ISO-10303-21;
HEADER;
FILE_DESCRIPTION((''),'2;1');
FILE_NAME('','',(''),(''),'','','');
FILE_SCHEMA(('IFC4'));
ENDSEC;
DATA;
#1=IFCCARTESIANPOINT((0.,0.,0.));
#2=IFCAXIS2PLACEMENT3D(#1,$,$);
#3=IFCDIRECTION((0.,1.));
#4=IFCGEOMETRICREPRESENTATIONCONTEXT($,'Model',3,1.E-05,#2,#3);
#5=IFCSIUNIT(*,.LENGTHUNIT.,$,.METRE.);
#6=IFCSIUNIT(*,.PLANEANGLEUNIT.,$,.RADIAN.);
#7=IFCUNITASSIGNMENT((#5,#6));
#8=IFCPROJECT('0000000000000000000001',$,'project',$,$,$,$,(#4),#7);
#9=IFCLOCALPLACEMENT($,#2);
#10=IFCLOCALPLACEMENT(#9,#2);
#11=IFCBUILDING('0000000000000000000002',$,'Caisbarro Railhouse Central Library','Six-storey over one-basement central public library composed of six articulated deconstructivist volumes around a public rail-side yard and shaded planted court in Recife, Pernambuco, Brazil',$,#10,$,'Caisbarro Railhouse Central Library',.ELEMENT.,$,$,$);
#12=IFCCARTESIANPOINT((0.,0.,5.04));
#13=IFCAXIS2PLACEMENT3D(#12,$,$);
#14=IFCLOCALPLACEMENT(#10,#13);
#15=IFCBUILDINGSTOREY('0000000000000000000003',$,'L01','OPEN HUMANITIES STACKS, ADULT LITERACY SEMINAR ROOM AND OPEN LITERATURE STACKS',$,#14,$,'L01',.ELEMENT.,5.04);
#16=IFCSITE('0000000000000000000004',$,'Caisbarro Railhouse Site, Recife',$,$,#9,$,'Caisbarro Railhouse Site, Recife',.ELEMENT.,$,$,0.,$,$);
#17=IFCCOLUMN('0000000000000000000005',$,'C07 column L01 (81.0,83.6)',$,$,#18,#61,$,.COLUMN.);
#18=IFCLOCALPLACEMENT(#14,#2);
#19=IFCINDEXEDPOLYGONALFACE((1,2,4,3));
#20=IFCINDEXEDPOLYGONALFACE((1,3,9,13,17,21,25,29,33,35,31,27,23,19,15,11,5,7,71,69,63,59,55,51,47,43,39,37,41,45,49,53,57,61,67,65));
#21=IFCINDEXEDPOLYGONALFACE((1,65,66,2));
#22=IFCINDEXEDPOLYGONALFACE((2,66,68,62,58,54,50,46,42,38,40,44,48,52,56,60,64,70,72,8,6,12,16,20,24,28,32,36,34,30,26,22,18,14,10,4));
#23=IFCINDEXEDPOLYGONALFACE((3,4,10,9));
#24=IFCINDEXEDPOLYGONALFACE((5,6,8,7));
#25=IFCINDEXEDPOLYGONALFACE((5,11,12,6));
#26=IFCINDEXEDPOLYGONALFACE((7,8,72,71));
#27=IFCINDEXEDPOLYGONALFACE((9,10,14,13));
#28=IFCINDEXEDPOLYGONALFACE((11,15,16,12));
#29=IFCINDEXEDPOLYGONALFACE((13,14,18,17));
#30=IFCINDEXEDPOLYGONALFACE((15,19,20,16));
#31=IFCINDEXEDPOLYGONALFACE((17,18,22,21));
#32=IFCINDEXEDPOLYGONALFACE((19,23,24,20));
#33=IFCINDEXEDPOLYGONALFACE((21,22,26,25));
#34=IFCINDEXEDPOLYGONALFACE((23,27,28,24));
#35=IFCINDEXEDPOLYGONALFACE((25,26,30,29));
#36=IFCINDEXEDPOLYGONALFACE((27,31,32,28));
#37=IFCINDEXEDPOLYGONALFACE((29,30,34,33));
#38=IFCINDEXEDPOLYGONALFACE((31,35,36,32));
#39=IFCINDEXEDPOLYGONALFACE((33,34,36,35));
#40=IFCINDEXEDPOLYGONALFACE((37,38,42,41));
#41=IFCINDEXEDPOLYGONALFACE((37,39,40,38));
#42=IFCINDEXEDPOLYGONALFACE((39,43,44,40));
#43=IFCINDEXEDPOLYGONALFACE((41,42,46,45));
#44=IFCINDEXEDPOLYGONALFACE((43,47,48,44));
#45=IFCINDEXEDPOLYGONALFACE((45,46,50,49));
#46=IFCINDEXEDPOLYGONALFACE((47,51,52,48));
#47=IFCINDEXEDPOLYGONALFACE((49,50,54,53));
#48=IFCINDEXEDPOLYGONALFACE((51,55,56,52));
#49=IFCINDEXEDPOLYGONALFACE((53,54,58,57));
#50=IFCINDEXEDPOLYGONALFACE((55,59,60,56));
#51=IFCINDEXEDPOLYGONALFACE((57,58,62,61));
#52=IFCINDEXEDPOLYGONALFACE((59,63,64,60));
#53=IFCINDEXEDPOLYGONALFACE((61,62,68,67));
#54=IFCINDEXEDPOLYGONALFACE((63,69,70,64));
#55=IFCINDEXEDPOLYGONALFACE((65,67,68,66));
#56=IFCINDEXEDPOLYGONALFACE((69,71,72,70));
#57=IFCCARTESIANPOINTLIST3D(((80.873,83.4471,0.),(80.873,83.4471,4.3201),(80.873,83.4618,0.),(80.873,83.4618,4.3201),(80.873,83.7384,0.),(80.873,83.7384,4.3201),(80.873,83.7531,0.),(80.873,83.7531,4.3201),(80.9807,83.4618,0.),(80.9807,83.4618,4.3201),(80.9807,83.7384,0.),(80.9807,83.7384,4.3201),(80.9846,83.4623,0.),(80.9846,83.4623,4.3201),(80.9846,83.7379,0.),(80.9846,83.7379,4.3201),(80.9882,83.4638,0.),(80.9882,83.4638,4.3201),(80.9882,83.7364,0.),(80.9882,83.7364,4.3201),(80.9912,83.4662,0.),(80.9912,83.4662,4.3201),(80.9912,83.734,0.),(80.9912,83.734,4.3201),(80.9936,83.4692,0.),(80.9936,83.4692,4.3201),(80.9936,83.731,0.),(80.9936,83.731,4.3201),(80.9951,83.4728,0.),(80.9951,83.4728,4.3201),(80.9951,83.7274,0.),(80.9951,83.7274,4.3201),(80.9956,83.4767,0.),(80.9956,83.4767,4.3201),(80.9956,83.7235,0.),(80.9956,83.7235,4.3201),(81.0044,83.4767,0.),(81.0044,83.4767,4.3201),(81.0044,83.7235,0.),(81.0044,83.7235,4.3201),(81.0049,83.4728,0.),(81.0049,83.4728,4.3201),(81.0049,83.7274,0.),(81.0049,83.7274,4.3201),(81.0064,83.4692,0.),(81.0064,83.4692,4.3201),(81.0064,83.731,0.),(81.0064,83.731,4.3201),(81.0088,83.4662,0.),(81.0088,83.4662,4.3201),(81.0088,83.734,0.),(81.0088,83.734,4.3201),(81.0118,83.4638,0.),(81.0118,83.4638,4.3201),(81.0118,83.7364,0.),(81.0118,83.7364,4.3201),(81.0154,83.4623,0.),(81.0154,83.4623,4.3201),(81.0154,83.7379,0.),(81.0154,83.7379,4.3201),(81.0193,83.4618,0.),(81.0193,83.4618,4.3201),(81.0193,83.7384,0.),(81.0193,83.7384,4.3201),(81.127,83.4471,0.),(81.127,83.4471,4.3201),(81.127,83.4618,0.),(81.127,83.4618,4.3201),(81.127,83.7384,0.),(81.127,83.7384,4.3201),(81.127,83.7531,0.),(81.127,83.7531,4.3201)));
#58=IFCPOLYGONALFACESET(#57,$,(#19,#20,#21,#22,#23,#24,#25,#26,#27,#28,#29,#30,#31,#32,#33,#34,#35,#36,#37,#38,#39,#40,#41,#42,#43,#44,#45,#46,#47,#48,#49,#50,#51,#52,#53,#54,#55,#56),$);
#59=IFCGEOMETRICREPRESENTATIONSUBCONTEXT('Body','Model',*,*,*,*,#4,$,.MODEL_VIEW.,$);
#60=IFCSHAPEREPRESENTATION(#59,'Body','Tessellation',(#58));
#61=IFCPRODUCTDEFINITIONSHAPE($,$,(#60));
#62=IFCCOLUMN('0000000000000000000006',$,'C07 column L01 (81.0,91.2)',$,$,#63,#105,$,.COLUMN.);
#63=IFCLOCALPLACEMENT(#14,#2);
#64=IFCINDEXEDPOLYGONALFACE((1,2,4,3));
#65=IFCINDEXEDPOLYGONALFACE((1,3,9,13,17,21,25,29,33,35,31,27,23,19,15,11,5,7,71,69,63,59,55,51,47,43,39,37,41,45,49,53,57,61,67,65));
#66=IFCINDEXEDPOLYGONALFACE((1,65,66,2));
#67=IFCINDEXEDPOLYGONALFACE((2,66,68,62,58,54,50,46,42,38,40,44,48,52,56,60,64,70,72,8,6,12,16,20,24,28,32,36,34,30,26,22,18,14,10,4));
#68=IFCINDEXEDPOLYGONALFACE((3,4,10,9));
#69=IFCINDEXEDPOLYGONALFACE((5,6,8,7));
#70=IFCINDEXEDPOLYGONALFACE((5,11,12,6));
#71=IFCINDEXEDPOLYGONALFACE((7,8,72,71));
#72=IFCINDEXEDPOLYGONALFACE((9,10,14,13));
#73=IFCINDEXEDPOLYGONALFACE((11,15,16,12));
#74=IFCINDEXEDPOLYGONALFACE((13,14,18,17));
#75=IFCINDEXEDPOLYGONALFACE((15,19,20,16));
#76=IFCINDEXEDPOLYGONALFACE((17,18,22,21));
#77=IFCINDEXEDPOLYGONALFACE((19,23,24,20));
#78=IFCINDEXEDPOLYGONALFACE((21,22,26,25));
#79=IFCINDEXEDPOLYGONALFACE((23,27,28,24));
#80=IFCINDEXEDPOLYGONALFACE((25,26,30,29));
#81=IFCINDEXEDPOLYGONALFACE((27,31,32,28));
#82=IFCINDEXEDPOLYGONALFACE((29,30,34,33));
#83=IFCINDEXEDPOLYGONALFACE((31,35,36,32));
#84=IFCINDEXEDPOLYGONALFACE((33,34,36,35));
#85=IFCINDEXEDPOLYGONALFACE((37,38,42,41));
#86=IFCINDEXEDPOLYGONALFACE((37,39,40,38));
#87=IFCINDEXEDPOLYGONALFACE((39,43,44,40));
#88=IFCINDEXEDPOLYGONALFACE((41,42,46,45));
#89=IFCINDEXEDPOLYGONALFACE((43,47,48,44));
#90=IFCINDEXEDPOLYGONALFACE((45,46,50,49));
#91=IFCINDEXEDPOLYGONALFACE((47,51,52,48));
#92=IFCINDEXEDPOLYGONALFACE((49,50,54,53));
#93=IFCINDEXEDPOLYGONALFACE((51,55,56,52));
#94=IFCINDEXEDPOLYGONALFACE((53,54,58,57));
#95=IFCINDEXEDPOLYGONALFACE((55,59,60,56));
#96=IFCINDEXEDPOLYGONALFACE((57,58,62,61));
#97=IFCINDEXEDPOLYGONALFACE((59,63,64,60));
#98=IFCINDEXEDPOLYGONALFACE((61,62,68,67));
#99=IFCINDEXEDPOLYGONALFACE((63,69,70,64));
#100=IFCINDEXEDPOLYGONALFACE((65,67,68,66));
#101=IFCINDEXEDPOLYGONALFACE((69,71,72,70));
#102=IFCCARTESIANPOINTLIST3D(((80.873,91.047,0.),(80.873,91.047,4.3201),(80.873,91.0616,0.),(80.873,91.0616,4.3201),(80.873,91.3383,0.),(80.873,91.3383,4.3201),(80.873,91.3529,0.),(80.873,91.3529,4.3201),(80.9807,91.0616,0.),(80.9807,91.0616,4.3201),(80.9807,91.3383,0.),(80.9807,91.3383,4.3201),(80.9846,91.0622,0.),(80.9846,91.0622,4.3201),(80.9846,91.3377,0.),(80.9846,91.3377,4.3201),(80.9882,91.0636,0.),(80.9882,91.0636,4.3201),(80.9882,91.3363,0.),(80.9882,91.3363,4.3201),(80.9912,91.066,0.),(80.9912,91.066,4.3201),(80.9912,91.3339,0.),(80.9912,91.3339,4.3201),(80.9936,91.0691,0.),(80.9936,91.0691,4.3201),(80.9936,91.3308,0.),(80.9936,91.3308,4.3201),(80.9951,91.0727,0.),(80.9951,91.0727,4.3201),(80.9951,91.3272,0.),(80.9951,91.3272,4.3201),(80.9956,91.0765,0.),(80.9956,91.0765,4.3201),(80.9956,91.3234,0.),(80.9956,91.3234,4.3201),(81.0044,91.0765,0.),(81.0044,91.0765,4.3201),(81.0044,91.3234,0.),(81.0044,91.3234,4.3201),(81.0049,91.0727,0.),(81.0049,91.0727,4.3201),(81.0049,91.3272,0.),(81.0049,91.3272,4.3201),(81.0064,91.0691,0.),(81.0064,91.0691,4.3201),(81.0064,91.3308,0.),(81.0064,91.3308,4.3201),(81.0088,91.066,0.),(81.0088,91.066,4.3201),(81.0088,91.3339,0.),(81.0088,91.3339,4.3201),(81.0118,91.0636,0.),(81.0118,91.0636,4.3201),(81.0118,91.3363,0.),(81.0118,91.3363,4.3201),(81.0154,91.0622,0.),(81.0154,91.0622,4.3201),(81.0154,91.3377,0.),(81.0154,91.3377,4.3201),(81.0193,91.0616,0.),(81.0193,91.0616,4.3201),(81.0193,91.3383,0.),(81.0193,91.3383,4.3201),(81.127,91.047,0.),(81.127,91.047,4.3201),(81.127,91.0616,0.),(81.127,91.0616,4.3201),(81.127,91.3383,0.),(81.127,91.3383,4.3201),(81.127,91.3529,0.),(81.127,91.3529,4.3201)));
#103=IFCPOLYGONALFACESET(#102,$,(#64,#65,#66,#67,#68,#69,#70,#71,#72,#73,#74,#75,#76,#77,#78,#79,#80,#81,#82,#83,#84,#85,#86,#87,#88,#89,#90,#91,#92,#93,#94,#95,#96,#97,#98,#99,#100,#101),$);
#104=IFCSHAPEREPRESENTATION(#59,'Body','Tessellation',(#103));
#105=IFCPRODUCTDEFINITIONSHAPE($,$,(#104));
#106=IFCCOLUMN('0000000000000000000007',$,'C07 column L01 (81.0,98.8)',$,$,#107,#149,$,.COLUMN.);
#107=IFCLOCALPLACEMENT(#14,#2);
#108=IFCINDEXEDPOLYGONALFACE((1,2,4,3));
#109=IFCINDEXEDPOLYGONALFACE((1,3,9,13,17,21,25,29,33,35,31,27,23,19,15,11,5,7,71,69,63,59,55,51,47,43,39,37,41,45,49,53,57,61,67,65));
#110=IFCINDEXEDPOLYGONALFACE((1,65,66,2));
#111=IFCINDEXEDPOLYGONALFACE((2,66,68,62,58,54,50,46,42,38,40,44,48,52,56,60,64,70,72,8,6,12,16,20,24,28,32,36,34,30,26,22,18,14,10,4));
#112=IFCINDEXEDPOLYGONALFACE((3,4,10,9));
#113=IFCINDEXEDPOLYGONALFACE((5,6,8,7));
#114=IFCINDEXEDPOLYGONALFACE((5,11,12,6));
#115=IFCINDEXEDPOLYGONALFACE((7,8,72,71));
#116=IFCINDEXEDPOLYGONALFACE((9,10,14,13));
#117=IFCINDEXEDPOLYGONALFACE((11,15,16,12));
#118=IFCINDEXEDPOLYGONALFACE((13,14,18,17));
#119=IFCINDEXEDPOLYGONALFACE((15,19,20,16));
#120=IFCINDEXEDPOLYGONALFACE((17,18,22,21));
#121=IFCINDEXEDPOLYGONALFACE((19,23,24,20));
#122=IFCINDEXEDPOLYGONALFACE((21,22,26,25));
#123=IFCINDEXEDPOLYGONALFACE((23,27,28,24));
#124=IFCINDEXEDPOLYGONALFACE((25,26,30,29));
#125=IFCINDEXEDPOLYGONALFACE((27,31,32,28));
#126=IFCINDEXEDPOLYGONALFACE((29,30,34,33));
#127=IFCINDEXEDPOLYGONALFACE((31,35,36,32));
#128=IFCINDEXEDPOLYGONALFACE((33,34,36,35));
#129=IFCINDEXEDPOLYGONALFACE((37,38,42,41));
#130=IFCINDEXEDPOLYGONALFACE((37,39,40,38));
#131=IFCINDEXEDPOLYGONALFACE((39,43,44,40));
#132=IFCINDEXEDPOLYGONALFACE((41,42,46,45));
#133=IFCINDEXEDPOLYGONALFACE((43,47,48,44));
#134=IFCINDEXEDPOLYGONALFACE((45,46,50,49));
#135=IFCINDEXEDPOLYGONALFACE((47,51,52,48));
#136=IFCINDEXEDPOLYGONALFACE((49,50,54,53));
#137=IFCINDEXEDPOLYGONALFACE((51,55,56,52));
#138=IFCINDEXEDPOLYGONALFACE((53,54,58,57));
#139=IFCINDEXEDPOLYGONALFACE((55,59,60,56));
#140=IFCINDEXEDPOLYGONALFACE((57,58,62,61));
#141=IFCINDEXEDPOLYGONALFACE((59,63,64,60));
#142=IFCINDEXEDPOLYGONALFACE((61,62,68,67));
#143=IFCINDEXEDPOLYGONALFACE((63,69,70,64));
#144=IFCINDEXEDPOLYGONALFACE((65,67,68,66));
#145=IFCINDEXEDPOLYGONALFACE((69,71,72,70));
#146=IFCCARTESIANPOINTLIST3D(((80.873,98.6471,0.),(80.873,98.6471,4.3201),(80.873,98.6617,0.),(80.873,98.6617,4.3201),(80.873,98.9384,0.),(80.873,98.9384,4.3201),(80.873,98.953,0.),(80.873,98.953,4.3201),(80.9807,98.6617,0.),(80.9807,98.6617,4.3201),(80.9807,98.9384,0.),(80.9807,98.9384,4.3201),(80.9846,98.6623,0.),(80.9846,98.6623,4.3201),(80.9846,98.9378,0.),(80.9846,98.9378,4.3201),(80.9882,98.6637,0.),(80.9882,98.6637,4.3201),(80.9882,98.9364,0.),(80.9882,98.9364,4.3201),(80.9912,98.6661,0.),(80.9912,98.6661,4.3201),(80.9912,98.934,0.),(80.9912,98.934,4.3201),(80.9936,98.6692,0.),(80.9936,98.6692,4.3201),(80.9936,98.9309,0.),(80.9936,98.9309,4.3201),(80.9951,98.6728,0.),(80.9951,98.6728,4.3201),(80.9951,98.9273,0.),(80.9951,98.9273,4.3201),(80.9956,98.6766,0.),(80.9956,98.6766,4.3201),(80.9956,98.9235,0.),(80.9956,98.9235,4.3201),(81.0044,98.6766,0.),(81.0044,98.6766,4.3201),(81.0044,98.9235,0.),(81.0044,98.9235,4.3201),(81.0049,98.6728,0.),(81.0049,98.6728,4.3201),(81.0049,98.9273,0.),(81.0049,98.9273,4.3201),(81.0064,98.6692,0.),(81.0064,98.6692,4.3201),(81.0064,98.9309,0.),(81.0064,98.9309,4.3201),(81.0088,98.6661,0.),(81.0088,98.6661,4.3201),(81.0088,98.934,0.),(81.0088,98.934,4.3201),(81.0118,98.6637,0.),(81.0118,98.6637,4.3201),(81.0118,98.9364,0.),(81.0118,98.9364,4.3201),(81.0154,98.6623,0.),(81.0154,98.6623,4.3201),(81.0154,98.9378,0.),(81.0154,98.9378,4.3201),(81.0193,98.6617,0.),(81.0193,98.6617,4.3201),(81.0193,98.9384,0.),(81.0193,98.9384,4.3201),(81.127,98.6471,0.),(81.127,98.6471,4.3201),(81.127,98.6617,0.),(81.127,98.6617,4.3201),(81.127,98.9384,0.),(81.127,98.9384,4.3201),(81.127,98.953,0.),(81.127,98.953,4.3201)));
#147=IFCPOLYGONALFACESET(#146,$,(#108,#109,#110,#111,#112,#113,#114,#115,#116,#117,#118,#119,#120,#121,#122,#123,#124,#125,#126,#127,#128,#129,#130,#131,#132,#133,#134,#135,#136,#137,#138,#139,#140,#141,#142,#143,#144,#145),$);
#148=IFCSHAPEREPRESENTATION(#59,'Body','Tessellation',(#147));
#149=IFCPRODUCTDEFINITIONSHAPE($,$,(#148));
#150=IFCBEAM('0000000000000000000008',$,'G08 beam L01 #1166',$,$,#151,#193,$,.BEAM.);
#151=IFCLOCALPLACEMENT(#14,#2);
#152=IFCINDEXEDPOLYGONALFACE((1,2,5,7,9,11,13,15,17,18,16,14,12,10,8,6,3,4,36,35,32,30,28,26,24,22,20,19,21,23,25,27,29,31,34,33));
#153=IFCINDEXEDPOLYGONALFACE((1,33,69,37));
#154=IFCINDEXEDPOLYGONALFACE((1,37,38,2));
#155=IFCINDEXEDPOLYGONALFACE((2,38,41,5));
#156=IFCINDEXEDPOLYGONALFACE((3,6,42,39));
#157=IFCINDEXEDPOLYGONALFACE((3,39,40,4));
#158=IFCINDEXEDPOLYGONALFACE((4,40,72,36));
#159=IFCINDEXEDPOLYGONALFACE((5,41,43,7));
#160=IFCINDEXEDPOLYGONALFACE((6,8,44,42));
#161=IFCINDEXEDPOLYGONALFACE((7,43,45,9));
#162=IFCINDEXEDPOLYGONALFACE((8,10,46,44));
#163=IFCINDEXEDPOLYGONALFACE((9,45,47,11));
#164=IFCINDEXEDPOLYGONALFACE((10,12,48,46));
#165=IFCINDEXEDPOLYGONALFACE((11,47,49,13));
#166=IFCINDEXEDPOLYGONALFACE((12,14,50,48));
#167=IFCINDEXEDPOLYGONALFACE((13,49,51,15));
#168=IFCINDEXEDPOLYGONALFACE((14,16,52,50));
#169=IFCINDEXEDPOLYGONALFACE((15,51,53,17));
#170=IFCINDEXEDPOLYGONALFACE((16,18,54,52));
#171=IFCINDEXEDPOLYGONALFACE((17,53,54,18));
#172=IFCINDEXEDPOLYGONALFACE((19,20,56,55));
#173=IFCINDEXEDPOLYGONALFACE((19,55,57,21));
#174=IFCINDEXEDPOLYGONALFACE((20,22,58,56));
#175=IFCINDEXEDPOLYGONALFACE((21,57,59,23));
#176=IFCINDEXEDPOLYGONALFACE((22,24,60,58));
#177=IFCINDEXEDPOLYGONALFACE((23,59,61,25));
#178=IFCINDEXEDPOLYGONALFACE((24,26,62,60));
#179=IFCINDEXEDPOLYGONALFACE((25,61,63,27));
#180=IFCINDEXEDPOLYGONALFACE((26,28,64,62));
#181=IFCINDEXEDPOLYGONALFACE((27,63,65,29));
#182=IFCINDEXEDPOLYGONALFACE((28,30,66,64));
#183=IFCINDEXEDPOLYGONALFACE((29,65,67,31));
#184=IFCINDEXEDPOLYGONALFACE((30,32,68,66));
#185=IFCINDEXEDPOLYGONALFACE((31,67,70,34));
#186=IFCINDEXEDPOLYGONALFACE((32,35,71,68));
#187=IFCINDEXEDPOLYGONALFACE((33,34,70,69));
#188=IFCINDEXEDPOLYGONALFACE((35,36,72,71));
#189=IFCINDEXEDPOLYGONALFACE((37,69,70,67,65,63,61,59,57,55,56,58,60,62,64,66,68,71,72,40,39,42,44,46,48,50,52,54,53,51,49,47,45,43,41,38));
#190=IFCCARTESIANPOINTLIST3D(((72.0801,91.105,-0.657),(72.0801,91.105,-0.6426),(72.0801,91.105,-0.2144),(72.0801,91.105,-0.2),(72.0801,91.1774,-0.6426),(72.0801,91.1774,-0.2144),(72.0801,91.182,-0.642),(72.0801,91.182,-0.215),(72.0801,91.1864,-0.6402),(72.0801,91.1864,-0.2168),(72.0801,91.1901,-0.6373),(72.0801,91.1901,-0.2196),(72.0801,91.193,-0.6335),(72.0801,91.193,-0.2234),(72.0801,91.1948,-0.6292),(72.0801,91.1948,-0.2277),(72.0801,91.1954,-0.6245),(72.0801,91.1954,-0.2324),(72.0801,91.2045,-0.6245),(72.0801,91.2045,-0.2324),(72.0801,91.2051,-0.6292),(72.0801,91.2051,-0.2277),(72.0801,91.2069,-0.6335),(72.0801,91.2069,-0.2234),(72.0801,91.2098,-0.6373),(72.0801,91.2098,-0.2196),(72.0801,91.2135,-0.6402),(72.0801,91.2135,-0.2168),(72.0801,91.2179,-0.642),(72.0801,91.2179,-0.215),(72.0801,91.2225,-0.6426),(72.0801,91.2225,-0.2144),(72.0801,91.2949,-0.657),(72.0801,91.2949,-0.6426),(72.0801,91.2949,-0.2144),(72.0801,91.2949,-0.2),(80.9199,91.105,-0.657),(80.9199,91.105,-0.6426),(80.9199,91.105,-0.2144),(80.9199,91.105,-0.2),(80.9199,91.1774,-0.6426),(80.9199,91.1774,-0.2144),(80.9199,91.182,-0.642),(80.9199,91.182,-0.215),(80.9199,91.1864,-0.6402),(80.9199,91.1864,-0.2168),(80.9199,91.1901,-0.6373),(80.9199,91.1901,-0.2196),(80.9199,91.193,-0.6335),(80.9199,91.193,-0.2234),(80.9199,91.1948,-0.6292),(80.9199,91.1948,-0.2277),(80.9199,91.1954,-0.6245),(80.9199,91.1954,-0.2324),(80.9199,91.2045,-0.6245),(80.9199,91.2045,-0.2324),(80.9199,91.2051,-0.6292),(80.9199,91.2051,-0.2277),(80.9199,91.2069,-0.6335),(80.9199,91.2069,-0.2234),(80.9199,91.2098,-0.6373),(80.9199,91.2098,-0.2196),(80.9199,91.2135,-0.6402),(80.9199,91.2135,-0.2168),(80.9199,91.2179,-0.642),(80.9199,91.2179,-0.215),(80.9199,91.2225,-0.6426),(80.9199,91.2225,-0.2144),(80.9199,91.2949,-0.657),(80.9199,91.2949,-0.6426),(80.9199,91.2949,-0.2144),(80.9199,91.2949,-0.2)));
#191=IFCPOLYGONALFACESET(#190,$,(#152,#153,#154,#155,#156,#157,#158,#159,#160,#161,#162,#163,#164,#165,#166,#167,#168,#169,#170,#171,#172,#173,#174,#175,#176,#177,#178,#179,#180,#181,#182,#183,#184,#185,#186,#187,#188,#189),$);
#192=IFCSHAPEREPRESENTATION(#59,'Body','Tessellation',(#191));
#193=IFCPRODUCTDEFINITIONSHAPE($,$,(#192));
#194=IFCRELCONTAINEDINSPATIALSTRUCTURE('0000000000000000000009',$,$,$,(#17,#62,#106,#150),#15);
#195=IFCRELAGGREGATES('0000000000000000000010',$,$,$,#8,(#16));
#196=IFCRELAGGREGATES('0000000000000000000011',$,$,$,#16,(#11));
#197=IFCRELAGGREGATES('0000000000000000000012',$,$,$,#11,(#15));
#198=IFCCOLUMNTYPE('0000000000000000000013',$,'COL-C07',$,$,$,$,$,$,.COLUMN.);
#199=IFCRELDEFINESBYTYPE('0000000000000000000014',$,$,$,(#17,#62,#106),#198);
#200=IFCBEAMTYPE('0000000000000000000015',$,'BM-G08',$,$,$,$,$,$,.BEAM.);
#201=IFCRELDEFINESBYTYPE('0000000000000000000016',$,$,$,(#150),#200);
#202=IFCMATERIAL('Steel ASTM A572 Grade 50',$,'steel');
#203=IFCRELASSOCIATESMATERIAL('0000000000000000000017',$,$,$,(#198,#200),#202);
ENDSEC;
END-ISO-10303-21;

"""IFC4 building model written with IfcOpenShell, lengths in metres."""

from ifc_helpers import new_model, si_unit, direction, frame, origin, origin_2d, place, context, subcontext, project, spatial, i_section, extrude, material, material_profile, profile_set, type_object, element, save


model = new_model("IFC4")

# Units and contexts
model_context = context("Model", 3, precision=1e-05, world=origin(), true_north=direction((0.0, 1.0)))
body_context = subcontext(model_context, "Body", "Model", "MODEL_VIEW")
ifc_project = project(units=[si_unit("LENGTHUNIT", "METRE"), si_unit("PLANEANGLEUNIT", "RADIAN")], contexts=[model_context])

# Site, building, storey
site_placement = place(None, origin())
site = spatial("IfcSite", under=ifc_project, at=site_placement, Name="Caisbarro Railhouse Site, Recife", LongName="Caisbarro Railhouse Site, Recife", CompositionType="ELEMENT", RefElevation=0.0)
building_placement = place(site_placement, origin())
building = spatial("IfcBuilding", under=site, at=building_placement, Name="Caisbarro Railhouse Central Library", Description="Six-storey over one-basement central public library composed of six articulated deconstructivist volumes around a public rail-side yard and shaded planted court in Recife, Pernambuco, Brazil", LongName="Caisbarro Railhouse Central Library", CompositionType="ELEMENT")
storey_placement = place(building_placement, frame((0.0, 0.0, 5.04)))
storey = spatial("IfcBuildingStorey", under=building, at=storey_placement, Name="L01", Description="OPEN HUMANITIES STACKS, ADULT LITERACY SEMINAR ROOM AND OPEN LITERATURE STACKS", LongName="L01", CompositionType="ELEMENT", Elevation=5.04)

# Columns
ifc_material_1 = material(Name="Steel ASTM A572 Grade 50", Category="steel")
ifc_material_profile_1 = material_profile(ifc_material_1, i_section(OverallWidth=0.2539, OverallDepth=0.3059, WebThickness=0.0088, FlangeThickness=0.0146, FilletRadius=0.0149, at=origin_2d()), Name="W310X79.0")
ifc_profile_set_1 = profile_set([ifc_material_profile_1], Name="Steel ASTM A572 Grade 50")
column_type = type_object("IfcColumnType", Name="COL-C07", PredefinedType="COLUMN", material=ifc_profile_set_1)
for number, where, z_axis, x_axis, name in (
    (1, (81.0, 83.6001, 0.0), (0.0, 0.0, 1.0), (1.0, 0.0, 0.0), "C07 column L01 (81.0,83.6)"),
    (2, (81.0, 91.2, 0.0), (0.0, 0.0, 1.0), (1.0, 0.0, 0.0), "C07 column L01 (81.0,91.2)"),
    (3, (81.0, 98.8, 0.0), (0.0, 0.0, 1.0), (1.0, 0.0, 0.0), "C07 column L01 (81.0,98.8)"),
):
    element("IfcColumn", number, at=place(storey_placement, frame(where, z_axis=z_axis, x_axis=x_axis)), inside=storey, type_object=column_type, Name=name, PredefinedType="COLUMN", context=body_context, shape_type="SweptSolid", body=[
        extrude(i_section(OverallWidth=0.2539, OverallDepth=0.3059, WebThickness=0.0088, FlangeThickness=0.0146, FilletRadius=0.0149, at=origin_2d()), origin(), (0.0, 0.0, 1.0), 4.3201),
    ])

# Beam
ifc_material_profile_2 = material_profile(ifc_material_1, i_section(OverallWidth=0.1899, OverallDepth=0.457, WebThickness=0.009, FlangeThickness=0.0144, FilletRadius=0.0181, at=origin_2d()), Name="W460X74.0")
ifc_profile_set_2 = profile_set([ifc_material_profile_2], Name="Steel ASTM A572 Grade 50")
beam_type_1 = type_object("IfcBeamType", Name="BM-G08", PredefinedType="BEAM", material=ifc_profile_set_2)
for number, where, z_axis, x_axis, name in (
    (4, (72.0801, 91.2, -0.4285), (1.0, 0.0, 0.0), (0.0, 1.0, 0.0), "G08 beam L01 #1166"),
):
    element("IfcBeam", number, at=place(storey_placement, frame(where, z_axis=z_axis, x_axis=x_axis)), inside=storey, type_object=beam_type_1, Name=name, PredefinedType="BEAM", context=body_context, shape_type="SweptSolid", body=[
        extrude(i_section(OverallWidth=0.1899, OverallDepth=0.457, WebThickness=0.009, FlangeThickness=0.0144, FilletRadius=0.0181, at=origin_2d()), origin(), (0.0, 0.0, 1.0), 8.8398),
    ])

save(model, "model.ifc")
